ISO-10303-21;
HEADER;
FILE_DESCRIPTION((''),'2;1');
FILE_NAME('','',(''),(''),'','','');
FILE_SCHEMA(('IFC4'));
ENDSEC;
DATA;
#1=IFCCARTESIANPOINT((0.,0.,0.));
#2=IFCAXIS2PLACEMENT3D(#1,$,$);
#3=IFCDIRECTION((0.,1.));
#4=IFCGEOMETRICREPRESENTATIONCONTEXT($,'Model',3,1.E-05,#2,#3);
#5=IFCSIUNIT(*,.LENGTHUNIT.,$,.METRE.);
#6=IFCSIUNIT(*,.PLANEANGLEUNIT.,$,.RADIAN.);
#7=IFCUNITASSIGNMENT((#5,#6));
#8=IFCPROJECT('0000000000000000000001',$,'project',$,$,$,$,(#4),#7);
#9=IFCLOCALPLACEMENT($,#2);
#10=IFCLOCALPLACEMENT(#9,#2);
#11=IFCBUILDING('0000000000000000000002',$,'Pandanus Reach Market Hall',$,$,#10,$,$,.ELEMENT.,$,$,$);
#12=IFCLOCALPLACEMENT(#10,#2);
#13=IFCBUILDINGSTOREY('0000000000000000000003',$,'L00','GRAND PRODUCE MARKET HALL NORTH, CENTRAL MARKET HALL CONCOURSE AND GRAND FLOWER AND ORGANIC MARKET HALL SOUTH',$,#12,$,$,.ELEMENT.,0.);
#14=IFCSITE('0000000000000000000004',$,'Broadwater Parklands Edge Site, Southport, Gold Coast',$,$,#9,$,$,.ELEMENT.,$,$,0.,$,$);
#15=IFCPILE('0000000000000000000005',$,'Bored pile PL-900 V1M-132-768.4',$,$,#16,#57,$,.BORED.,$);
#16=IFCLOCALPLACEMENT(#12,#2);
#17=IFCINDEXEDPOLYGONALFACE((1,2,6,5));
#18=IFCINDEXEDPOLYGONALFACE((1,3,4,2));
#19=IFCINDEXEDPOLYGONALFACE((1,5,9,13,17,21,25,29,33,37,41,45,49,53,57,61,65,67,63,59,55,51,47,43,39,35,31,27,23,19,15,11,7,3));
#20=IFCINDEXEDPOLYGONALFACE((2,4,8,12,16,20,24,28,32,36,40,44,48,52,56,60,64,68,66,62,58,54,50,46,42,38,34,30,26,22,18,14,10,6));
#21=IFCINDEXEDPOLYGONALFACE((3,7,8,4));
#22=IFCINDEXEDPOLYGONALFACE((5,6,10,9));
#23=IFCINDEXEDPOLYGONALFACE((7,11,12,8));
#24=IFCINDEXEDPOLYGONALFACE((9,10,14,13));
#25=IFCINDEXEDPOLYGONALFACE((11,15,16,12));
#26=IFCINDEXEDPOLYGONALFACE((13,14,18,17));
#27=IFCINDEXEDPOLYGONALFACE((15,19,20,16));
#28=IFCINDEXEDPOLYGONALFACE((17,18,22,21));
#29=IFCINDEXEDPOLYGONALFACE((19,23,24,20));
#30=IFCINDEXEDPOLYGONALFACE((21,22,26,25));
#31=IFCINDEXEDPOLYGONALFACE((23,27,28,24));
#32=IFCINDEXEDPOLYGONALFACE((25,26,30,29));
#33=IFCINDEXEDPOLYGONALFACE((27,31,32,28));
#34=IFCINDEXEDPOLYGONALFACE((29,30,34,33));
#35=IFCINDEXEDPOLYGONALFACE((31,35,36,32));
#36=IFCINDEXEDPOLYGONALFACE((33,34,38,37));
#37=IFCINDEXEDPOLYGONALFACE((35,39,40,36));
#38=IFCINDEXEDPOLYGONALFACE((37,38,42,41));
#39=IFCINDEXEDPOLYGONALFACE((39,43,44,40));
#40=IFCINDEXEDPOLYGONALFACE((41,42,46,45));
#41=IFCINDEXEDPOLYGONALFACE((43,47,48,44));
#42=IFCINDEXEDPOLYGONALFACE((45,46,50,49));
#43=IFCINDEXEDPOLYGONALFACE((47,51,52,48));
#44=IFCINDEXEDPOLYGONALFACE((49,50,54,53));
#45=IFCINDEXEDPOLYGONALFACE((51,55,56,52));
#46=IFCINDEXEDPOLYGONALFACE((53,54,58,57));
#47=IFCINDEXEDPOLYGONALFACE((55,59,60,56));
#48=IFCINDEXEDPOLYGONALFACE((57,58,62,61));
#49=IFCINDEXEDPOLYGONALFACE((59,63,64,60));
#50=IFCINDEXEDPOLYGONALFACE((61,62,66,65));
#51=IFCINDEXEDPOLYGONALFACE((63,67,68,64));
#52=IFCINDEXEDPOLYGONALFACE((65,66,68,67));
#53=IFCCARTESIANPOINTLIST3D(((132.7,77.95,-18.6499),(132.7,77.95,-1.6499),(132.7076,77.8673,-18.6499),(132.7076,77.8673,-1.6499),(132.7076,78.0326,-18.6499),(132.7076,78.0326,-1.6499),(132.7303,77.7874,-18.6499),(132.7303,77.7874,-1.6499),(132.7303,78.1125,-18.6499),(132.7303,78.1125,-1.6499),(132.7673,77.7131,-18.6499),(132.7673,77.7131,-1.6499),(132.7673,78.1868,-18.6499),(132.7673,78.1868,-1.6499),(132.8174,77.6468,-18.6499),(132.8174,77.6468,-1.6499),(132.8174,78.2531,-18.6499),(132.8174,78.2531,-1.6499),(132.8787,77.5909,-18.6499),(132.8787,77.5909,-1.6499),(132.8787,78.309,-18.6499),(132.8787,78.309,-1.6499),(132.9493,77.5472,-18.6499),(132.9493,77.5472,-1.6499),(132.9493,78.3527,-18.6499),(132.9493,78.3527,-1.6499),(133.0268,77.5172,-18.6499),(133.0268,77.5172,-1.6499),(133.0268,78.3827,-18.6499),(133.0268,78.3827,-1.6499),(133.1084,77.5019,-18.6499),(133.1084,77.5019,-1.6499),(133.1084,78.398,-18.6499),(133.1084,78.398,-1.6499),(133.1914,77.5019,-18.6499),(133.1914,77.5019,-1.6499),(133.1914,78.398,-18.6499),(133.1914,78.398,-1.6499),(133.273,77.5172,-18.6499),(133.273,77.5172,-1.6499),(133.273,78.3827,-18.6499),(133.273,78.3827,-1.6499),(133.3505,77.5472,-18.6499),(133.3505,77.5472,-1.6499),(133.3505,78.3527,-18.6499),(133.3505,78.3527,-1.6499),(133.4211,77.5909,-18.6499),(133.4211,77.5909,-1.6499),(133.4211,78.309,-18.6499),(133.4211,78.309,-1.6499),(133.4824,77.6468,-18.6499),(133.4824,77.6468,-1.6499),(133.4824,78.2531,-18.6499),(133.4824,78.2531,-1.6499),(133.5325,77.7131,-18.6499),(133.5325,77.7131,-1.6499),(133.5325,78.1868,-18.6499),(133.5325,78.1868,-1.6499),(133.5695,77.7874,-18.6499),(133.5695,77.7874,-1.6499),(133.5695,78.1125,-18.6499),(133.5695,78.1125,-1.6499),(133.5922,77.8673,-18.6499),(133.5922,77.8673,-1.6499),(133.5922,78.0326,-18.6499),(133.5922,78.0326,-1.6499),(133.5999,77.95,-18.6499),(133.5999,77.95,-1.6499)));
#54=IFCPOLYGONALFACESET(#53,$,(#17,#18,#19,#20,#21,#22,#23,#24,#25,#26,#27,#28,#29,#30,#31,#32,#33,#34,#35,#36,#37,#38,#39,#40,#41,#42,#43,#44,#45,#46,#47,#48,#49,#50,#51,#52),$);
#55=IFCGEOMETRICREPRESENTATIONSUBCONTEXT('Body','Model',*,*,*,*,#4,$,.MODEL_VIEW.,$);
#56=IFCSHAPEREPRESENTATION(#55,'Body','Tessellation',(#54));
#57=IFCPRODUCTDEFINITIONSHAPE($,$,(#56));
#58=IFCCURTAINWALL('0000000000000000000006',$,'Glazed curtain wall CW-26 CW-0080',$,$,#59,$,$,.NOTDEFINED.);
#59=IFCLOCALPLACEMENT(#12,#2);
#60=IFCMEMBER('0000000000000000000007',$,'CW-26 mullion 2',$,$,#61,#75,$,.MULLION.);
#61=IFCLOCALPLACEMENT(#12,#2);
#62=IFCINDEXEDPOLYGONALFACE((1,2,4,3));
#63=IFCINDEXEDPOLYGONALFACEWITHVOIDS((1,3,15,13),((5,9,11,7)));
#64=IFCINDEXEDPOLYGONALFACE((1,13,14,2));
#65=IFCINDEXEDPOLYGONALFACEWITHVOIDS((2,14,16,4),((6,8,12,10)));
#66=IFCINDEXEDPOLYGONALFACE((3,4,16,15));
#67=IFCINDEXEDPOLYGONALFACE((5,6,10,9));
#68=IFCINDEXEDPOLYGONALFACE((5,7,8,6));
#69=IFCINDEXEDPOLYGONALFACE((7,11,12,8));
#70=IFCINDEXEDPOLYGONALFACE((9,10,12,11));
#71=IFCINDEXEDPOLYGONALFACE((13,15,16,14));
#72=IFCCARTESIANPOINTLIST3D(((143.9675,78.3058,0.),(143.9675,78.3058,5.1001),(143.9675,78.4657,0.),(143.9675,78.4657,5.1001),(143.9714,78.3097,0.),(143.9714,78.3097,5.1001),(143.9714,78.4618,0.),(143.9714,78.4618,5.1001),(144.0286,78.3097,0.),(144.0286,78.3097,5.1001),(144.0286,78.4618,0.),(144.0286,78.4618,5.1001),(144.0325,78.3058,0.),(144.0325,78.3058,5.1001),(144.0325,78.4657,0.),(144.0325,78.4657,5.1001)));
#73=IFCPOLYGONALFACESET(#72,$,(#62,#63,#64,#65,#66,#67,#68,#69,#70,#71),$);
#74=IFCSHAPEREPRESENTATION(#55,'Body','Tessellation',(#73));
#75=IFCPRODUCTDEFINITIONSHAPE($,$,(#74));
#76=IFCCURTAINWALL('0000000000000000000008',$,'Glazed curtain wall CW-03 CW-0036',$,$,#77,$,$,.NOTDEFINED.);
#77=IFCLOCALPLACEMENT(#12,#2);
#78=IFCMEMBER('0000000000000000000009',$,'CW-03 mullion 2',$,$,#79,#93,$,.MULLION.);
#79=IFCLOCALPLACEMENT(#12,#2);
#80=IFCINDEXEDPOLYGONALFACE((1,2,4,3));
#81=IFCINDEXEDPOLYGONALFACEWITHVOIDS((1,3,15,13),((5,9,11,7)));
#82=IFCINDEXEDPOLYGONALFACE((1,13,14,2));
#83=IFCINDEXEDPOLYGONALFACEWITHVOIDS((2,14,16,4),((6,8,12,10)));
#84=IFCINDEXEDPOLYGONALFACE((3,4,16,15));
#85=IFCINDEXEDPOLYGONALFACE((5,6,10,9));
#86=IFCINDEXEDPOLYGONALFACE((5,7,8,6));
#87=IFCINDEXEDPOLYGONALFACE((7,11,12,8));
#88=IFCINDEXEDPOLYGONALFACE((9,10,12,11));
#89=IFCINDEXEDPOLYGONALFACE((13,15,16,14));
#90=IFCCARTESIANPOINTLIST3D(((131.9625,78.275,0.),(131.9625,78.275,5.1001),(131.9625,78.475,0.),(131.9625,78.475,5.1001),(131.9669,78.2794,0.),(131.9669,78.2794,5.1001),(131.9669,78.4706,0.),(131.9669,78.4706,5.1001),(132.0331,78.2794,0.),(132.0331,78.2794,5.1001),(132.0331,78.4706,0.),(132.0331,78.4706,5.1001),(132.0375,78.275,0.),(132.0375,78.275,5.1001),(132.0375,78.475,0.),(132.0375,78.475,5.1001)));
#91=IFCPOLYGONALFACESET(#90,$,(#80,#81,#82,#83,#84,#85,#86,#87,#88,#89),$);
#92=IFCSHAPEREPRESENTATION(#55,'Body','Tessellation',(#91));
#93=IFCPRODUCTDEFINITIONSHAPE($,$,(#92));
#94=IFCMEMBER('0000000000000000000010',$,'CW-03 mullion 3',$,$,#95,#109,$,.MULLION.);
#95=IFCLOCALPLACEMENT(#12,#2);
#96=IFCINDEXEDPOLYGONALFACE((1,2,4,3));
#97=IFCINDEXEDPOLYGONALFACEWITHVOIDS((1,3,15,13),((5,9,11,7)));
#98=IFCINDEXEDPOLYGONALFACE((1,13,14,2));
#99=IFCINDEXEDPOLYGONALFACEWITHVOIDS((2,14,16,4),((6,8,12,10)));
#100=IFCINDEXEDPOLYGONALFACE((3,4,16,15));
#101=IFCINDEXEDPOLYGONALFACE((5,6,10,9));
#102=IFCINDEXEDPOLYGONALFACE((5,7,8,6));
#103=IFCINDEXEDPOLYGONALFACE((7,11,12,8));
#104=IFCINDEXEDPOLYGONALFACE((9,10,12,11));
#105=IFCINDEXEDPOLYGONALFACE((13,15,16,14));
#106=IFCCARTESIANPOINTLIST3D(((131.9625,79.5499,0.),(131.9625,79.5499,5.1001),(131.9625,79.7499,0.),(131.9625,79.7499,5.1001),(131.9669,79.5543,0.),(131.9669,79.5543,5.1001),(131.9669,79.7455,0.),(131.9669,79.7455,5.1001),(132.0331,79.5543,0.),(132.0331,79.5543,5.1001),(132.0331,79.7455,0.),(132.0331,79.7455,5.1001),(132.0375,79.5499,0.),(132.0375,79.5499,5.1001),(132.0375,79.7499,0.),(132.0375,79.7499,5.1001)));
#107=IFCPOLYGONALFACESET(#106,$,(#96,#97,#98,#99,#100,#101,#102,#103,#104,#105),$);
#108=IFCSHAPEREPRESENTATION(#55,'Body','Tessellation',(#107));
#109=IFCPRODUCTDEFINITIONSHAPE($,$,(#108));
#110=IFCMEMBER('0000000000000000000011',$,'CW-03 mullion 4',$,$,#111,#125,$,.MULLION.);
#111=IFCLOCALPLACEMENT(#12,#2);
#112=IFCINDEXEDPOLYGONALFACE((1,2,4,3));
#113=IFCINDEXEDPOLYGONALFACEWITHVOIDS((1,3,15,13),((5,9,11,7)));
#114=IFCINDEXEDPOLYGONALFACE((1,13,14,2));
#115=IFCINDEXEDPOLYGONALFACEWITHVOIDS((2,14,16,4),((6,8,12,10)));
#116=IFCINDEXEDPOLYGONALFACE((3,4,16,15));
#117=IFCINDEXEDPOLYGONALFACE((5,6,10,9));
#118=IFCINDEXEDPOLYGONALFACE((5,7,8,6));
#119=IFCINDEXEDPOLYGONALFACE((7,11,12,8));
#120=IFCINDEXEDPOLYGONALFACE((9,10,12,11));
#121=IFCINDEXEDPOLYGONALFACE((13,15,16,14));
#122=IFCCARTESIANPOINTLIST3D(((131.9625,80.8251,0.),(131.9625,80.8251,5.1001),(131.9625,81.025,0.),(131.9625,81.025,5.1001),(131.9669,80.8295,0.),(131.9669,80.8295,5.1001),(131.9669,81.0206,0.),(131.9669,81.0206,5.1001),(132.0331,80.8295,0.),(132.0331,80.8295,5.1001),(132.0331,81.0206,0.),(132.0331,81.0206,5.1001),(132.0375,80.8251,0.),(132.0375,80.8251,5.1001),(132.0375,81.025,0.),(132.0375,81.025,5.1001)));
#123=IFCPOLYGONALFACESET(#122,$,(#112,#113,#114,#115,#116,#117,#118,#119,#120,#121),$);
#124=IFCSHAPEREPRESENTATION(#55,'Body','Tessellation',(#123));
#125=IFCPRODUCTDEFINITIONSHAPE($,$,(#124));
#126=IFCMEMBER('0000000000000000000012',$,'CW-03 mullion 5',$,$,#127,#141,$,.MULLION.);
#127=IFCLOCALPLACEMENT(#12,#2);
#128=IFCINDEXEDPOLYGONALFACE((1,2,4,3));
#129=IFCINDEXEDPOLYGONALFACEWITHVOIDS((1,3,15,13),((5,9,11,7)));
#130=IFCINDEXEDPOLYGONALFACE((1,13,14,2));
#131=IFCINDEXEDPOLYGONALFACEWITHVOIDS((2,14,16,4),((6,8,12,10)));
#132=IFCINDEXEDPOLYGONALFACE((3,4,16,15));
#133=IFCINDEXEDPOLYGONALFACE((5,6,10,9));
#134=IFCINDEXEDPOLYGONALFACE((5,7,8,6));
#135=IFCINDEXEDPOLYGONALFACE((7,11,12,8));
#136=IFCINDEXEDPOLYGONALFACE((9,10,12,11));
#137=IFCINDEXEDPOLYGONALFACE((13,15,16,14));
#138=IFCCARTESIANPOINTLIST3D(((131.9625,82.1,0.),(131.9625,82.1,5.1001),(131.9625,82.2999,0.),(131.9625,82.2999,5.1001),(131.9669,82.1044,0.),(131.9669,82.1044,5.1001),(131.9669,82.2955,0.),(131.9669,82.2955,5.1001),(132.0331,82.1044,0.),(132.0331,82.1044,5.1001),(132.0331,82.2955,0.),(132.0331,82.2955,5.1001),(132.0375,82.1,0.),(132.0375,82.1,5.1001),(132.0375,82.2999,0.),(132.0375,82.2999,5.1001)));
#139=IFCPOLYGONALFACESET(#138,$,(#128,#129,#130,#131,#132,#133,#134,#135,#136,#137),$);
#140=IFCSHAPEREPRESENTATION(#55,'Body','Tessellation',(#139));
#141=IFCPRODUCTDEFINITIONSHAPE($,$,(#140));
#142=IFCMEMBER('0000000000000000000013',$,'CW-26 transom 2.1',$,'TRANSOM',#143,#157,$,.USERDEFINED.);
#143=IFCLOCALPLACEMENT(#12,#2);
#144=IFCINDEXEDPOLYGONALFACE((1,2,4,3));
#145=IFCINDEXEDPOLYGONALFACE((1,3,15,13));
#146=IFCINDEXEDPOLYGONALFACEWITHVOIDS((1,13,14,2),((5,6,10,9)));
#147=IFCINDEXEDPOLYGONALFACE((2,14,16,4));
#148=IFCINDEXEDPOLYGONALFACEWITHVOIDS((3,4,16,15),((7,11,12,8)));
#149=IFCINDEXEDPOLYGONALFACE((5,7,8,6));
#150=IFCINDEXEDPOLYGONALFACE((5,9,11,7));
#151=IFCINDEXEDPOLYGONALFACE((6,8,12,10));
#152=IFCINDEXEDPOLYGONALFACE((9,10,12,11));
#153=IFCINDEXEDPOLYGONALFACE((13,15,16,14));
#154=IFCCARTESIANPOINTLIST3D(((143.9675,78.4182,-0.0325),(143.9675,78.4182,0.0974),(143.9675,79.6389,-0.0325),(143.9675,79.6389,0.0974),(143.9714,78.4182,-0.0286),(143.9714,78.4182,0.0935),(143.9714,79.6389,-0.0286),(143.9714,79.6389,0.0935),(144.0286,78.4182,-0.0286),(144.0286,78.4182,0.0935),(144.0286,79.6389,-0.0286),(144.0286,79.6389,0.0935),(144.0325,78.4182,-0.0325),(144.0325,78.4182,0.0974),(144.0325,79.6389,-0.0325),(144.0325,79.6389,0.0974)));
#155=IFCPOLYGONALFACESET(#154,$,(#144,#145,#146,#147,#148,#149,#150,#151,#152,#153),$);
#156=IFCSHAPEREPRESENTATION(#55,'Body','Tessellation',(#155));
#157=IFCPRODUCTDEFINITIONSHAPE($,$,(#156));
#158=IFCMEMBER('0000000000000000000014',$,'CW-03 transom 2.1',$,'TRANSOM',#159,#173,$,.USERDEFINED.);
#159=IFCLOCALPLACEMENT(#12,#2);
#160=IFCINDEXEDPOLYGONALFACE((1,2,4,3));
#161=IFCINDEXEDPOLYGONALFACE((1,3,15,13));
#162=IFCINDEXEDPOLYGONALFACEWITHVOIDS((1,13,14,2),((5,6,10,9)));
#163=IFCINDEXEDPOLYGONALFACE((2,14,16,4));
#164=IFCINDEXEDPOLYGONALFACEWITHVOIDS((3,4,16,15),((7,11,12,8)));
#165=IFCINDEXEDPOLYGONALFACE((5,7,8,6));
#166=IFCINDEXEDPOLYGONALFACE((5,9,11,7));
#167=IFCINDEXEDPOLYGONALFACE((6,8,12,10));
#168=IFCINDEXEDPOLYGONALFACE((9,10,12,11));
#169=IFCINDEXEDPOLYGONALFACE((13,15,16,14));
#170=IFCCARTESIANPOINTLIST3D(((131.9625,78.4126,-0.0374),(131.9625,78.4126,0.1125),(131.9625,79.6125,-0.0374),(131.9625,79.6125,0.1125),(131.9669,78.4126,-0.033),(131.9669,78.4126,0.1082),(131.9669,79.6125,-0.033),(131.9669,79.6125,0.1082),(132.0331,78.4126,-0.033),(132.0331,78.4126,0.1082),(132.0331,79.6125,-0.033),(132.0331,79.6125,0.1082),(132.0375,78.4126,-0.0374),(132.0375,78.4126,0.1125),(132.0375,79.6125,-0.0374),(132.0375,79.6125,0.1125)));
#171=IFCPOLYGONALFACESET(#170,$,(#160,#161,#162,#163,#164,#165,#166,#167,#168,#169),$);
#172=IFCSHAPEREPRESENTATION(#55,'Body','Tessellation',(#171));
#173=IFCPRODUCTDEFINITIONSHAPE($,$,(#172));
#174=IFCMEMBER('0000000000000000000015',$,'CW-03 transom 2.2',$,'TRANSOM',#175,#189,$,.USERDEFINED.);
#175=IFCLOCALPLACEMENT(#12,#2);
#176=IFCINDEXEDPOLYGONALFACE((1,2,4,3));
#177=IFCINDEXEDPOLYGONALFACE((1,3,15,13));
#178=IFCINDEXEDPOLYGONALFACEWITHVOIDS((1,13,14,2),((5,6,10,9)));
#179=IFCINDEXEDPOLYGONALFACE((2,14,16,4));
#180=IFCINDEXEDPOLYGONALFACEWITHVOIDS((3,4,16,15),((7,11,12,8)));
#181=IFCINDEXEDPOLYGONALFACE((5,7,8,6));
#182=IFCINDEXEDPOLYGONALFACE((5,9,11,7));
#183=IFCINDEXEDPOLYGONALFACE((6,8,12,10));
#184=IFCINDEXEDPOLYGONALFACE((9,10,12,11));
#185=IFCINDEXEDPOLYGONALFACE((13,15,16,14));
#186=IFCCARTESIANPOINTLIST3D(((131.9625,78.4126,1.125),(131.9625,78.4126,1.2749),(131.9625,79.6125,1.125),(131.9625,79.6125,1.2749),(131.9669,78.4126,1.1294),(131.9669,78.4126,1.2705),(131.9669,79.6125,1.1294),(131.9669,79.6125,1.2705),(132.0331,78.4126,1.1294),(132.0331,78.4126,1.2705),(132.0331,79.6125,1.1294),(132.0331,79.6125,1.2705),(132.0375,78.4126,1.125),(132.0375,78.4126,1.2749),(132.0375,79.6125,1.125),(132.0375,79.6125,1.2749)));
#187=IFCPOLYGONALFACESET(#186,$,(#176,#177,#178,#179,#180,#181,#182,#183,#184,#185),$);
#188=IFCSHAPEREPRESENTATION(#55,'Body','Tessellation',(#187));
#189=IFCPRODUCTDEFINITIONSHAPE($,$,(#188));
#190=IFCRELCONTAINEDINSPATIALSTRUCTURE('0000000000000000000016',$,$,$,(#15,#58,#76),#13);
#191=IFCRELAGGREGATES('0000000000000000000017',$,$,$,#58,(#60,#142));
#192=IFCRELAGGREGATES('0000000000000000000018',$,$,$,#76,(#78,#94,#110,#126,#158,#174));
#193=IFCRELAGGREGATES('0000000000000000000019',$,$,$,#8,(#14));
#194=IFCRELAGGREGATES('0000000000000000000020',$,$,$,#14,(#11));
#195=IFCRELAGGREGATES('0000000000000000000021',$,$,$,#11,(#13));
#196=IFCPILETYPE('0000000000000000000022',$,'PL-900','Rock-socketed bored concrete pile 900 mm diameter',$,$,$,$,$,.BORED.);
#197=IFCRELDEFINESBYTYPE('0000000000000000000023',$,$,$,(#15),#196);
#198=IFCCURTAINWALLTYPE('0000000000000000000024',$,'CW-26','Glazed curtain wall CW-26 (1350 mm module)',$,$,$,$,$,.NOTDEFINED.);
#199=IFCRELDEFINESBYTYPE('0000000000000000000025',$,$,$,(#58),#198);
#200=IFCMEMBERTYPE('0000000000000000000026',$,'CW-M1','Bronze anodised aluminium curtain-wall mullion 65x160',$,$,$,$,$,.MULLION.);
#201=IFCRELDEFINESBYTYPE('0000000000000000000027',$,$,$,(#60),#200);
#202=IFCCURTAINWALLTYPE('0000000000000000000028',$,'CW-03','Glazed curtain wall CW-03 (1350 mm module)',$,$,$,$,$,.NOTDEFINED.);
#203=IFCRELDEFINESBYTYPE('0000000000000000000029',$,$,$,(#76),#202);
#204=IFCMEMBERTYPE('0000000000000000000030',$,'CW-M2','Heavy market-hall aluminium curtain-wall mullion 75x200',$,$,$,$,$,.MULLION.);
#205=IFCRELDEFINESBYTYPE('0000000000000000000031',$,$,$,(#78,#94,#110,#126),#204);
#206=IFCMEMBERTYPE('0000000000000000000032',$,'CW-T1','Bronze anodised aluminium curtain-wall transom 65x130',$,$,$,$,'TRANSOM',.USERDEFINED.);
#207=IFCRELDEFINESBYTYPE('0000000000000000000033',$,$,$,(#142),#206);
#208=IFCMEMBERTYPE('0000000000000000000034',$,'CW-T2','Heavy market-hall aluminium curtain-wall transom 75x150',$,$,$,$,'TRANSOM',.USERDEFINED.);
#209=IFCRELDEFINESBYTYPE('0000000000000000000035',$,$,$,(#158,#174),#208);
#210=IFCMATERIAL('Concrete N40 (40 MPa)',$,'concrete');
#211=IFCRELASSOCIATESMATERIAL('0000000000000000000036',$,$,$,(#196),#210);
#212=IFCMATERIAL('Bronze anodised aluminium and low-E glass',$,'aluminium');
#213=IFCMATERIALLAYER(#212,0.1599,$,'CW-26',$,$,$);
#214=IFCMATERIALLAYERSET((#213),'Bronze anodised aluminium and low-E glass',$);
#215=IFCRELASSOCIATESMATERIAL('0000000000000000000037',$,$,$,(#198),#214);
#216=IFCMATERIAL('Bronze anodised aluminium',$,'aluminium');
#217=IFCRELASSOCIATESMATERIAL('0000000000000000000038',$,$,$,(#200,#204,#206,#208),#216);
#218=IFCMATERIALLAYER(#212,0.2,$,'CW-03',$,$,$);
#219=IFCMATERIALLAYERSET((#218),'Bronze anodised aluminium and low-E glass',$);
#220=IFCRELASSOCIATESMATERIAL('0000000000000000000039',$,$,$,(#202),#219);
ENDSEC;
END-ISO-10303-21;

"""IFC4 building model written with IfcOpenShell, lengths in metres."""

from ifc_helpers import new_model, si_unit, direction, frame, origin, origin_2d, place, context, subcontext, project, spatial, hollow_rectangle, circle, extrude, material, layer, layer_set, material_profile, profile_set, type_object, element, aggregate, save


model = new_model("IFC4")

# Units and contexts
model_context = context("Model", 3, precision=1e-05, world=origin(), true_north=direction((0.0, 1.0)))
body_context = subcontext(model_context, "Body", "Model", "MODEL_VIEW")
ifc_project = project(units=[si_unit("LENGTHUNIT", "METRE"), si_unit("PLANEANGLEUNIT", "RADIAN")], contexts=[model_context])

# Site, building, storey
site_placement = place(None, origin())
site = spatial("IfcSite", under=ifc_project, at=site_placement, Name="Broadwater Parklands Edge Site, Southport, Gold Coast", CompositionType="ELEMENT", RefElevation=0.0)
building_placement = place(site_placement, origin())
building = spatial("IfcBuilding", under=site, at=building_placement, Name="Pandanus Reach Market Hall", CompositionType="ELEMENT")
storey_placement = place(building_placement, origin())
storey = spatial("IfcBuildingStorey", under=building, at=storey_placement, Name="L00", Description="GRAND PRODUCE MARKET HALL NORTH, CENTRAL MARKET HALL CONCOURSE AND GRAND FLOWER AND ORGANIC MARKET HALL SOUTH", CompositionType="ELEMENT", Elevation=0.0)

# Pile
ifc_material_1 = material(Name="Concrete N40 (40 MPa)", Category="concrete")
ifc_material_profile_1 = material_profile(ifc_material_1, circle(Radius=0.45, at=origin_2d()), Name="PILE-900D", Category="LoadBearing")
ifc_profile_set_1 = profile_set([ifc_material_profile_1], Name="Concrete N40 (40 MPa)")
pile_type = type_object("IfcPileType", Name="PL-900", Description="Rock-socketed bored concrete pile 900 mm diameter", PredefinedType="BORED", material=ifc_profile_set_1)
pile_placement = place(storey_placement, frame((133.1499, 77.95, -1.6499), z_axis=(0.0, 0.0, -1.0), x_axis=(1.0, 0.0, 0.0)))
element("IfcPile", 1, at=pile_placement, inside=storey, type_object=pile_type, Name="Bored pile PL-900 V1M-132-768.4", PredefinedType="BORED", context=body_context, shape_type="SweptSolid", body=[
    extrude(circle(Radius=0.45, at=origin_2d()), origin(), (0.0, 0.0, 1.0), 17.0),
])

# Curtain wall, member
ifc_material_2 = material(Name="Bronze anodised aluminium and low-E glass", Category="aluminium")
ifc_layer_1 = layer(ifc_material_2, 0.1599, Name="CW-26")
ifc_layer_set_1 = layer_set([ifc_layer_1], Name="Bronze anodised aluminium and low-E glass")
curtain_wall_type_1 = type_object("IfcCurtainWallType", Name="CW-26", Description="Glazed curtain wall CW-26 (1350 mm module)", PredefinedType="NOTDEFINED", material=ifc_layer_set_1)
curtain_wall_1_placement = place(storey_placement, origin())
curtain_wall_1 = element("IfcCurtainWall", 2, at=curtain_wall_1_placement, inside=storey, type_object=curtain_wall_type_1, Name="Glazed curtain wall CW-26 CW-0080", PredefinedType="NOTDEFINED")
ifc_material_3 = material(Name="Bronze anodised aluminium", Category="aluminium")
ifc_material_profile_2 = material_profile(ifc_material_3, hollow_rectangle(XDim=0.0649, YDim=0.1599, WallThickness=0.0039, at=origin_2d()), Name="ALU65x160", Category="LoadBearing")
ifc_profile_set_2 = profile_set([ifc_material_profile_2], Name="Bronze anodised aluminium")
member_type_1 = type_object("IfcMemberType", Name="CW-M1", Description="Bronze anodised aluminium curtain-wall mullion 65x160", PredefinedType="MULLION", material=ifc_profile_set_2)
member_1_placement = place(storey_placement, frame((144.0, 78.3857, 0.0), z_axis=(0.0, 0.0, 1.0), x_axis=(-1.0, 0.0, 0.0)))
member_1 = element("IfcMember", 3, at=member_1_placement, type_object=member_type_1, Name="CW-26 mullion 2", PredefinedType="MULLION", context=body_context, shape_type="SweptSolid", body=[
    extrude(hollow_rectangle(XDim=0.0649, YDim=0.1599, WallThickness=0.0039, at=origin_2d()), origin(), (0.0, 0.0, 1.0), 5.1001),
])

# Curtain wall, members
ifc_layer_2 = layer(ifc_material_2, 0.2, Name="CW-03")
ifc_layer_set_2 = layer_set([ifc_layer_2], Name="Bronze anodised aluminium and low-E glass")
curtain_wall_type_2 = type_object("IfcCurtainWallType", Name="CW-03", Description="Glazed curtain wall CW-03 (1350 mm module)", PredefinedType="NOTDEFINED", material=ifc_layer_set_2)
curtain_wall_2_placement = place(storey_placement, origin())
curtain_wall_2 = element("IfcCurtainWall", 4, at=curtain_wall_2_placement, inside=storey, type_object=curtain_wall_type_2, Name="Glazed curtain wall CW-03 CW-0036", PredefinedType="NOTDEFINED")
ifc_material_profile_3 = material_profile(ifc_material_3, hollow_rectangle(XDim=0.075, YDim=0.2, WallThickness=0.0044, at=origin_2d()), Name="ALU75x200", Category="LoadBearing")
ifc_profile_set_3 = profile_set([ifc_material_profile_3], Name="Bronze anodised aluminium")
member_type_2 = type_object("IfcMemberType", Name="CW-M2", Description="Heavy market-hall aluminium curtain-wall mullion 75x200", PredefinedType="MULLION", material=ifc_profile_set_3)
member_2_placement = place(storey_placement, frame((132.0, 78.375, 0.0), z_axis=(0.0, 0.0, 1.0), x_axis=(-1.0, 0.0, 0.0)))
member_2 = element("IfcMember", 5, at=member_2_placement, type_object=member_type_2, Name="CW-03 mullion 2", PredefinedType="MULLION", context=body_context, shape_type="SweptSolid", body=[
    extrude(hollow_rectangle(XDim=0.075, YDim=0.2, WallThickness=0.0044, at=origin_2d()), origin(), (0.0, 0.0, 1.0), 5.1001),
])
member_3_placement = place(storey_placement, frame((132.0, 79.6499, 0.0), z_axis=(0.0, 0.0, 1.0), x_axis=(-1.0, 0.0, 0.0)))
member_3 = element("IfcMember", 6, at=member_3_placement, type_object=member_type_2, Name="CW-03 mullion 3", PredefinedType="MULLION", context=body_context, shape_type="SweptSolid", body=[
    extrude(hollow_rectangle(XDim=0.075, YDim=0.2, WallThickness=0.0044, at=origin_2d()), origin(), (0.0, 0.0, 1.0), 5.1001),
])
member_4_placement = place(storey_placement, frame((132.0, 80.925, 0.0), z_axis=(0.0, 0.0, 1.0), x_axis=(-1.0, 0.0, 0.0)))
member_4 = element("IfcMember", 7, at=member_4_placement, type_object=member_type_2, Name="CW-03 mullion 4", PredefinedType="MULLION", context=body_context, shape_type="SweptSolid", body=[
    extrude(hollow_rectangle(XDim=0.075, YDim=0.2, WallThickness=0.0044, at=origin_2d()), origin(), (0.0, 0.0, 1.0), 5.1001),
])
member_5_placement = place(storey_placement, frame((132.0, 82.2, 0.0), z_axis=(0.0, 0.0, 1.0), x_axis=(-1.0, 0.0, 0.0)))
member_5 = element("IfcMember", 8, at=member_5_placement, type_object=member_type_2, Name="CW-03 mullion 5", PredefinedType="MULLION", context=body_context, shape_type="SweptSolid", body=[
    extrude(hollow_rectangle(XDim=0.075, YDim=0.2, WallThickness=0.0044, at=origin_2d()), origin(), (0.0, 0.0, 1.0), 5.1001),
])

# Members
ifc_material_profile_4 = material_profile(ifc_material_3, hollow_rectangle(XDim=0.0649, YDim=0.1299, WallThickness=0.0039, at=origin_2d()), Name="ALU65x130", Category="LoadBearing")
ifc_profile_set_4 = profile_set([ifc_material_profile_4], Name="Bronze anodised aluminium")
member_type_3 = type_object("IfcMemberType", Name="CW-T1", Description="Bronze anodised aluminium curtain-wall transom 65x130", ElementType="TRANSOM", PredefinedType="USERDEFINED", material=ifc_profile_set_4)
member_6_placement = place(storey_placement, frame((144.0, 78.4182, 0.0325), z_axis=(0.0, 1.0, 0.0), x_axis=(-1.0, 0.0, 0.0)))
member_6 = element("IfcMember", 9, at=member_6_placement, type_object=member_type_3, Name="CW-26 transom 2.1", ObjectType="TRANSOM", PredefinedType="USERDEFINED", context=body_context, shape_type="SweptSolid", body=[
    extrude(hollow_rectangle(XDim=0.0649, YDim=0.1299, WallThickness=0.0039, at=origin_2d()), origin(), (0.0, 0.0, 1.0), 1.2207),
])
aggregate(curtain_wall_1, [member_1, member_6])
ifc_material_profile_5 = material_profile(ifc_material_3, hollow_rectangle(XDim=0.075, YDim=0.1499, WallThickness=0.0044, at=origin_2d()), Name="ALU75x150", Category="LoadBearing")
ifc_profile_set_5 = profile_set([ifc_material_profile_5], Name="Bronze anodised aluminium")
member_type_4 = type_object("IfcMemberType", Name="CW-T2", Description="Heavy market-hall aluminium curtain-wall transom 75x150", ElementType="TRANSOM", PredefinedType="USERDEFINED", material=ifc_profile_set_5)
member_7_placement = place(storey_placement, frame((132.0, 78.4126, 0.0376), z_axis=(0.0, 1.0, 0.0), x_axis=(-1.0, 0.0, 0.0)))
member_7 = element("IfcMember", 10, at=member_7_placement, type_object=member_type_4, Name="CW-03 transom 2.1", ObjectType="TRANSOM", PredefinedType="USERDEFINED", context=body_context, shape_type="SweptSolid", body=[
    extrude(hollow_rectangle(XDim=0.075, YDim=0.1499, WallThickness=0.0044, at=origin_2d()), origin(), (0.0, 0.0, 1.0), 1.2),
])
member_8_placement = place(storey_placement, frame((132.0, 78.4126, 1.2), z_axis=(0.0, 1.0, 0.0), x_axis=(-1.0, 0.0, 0.0)))
member_8 = element("IfcMember", 11, at=member_8_placement, type_object=member_type_4, Name="CW-03 transom 2.2", ObjectType="TRANSOM", PredefinedType="USERDEFINED", context=body_context, shape_type="SweptSolid", body=[
    extrude(hollow_rectangle(XDim=0.075, YDim=0.1499, WallThickness=0.0044, at=origin_2d()), origin(), (0.0, 0.0, 1.0), 1.2),
])

aggregate(curtain_wall_2, [member_2, member_3, member_4, member_5, member_7, member_8])

save(model, "model.ifc")
